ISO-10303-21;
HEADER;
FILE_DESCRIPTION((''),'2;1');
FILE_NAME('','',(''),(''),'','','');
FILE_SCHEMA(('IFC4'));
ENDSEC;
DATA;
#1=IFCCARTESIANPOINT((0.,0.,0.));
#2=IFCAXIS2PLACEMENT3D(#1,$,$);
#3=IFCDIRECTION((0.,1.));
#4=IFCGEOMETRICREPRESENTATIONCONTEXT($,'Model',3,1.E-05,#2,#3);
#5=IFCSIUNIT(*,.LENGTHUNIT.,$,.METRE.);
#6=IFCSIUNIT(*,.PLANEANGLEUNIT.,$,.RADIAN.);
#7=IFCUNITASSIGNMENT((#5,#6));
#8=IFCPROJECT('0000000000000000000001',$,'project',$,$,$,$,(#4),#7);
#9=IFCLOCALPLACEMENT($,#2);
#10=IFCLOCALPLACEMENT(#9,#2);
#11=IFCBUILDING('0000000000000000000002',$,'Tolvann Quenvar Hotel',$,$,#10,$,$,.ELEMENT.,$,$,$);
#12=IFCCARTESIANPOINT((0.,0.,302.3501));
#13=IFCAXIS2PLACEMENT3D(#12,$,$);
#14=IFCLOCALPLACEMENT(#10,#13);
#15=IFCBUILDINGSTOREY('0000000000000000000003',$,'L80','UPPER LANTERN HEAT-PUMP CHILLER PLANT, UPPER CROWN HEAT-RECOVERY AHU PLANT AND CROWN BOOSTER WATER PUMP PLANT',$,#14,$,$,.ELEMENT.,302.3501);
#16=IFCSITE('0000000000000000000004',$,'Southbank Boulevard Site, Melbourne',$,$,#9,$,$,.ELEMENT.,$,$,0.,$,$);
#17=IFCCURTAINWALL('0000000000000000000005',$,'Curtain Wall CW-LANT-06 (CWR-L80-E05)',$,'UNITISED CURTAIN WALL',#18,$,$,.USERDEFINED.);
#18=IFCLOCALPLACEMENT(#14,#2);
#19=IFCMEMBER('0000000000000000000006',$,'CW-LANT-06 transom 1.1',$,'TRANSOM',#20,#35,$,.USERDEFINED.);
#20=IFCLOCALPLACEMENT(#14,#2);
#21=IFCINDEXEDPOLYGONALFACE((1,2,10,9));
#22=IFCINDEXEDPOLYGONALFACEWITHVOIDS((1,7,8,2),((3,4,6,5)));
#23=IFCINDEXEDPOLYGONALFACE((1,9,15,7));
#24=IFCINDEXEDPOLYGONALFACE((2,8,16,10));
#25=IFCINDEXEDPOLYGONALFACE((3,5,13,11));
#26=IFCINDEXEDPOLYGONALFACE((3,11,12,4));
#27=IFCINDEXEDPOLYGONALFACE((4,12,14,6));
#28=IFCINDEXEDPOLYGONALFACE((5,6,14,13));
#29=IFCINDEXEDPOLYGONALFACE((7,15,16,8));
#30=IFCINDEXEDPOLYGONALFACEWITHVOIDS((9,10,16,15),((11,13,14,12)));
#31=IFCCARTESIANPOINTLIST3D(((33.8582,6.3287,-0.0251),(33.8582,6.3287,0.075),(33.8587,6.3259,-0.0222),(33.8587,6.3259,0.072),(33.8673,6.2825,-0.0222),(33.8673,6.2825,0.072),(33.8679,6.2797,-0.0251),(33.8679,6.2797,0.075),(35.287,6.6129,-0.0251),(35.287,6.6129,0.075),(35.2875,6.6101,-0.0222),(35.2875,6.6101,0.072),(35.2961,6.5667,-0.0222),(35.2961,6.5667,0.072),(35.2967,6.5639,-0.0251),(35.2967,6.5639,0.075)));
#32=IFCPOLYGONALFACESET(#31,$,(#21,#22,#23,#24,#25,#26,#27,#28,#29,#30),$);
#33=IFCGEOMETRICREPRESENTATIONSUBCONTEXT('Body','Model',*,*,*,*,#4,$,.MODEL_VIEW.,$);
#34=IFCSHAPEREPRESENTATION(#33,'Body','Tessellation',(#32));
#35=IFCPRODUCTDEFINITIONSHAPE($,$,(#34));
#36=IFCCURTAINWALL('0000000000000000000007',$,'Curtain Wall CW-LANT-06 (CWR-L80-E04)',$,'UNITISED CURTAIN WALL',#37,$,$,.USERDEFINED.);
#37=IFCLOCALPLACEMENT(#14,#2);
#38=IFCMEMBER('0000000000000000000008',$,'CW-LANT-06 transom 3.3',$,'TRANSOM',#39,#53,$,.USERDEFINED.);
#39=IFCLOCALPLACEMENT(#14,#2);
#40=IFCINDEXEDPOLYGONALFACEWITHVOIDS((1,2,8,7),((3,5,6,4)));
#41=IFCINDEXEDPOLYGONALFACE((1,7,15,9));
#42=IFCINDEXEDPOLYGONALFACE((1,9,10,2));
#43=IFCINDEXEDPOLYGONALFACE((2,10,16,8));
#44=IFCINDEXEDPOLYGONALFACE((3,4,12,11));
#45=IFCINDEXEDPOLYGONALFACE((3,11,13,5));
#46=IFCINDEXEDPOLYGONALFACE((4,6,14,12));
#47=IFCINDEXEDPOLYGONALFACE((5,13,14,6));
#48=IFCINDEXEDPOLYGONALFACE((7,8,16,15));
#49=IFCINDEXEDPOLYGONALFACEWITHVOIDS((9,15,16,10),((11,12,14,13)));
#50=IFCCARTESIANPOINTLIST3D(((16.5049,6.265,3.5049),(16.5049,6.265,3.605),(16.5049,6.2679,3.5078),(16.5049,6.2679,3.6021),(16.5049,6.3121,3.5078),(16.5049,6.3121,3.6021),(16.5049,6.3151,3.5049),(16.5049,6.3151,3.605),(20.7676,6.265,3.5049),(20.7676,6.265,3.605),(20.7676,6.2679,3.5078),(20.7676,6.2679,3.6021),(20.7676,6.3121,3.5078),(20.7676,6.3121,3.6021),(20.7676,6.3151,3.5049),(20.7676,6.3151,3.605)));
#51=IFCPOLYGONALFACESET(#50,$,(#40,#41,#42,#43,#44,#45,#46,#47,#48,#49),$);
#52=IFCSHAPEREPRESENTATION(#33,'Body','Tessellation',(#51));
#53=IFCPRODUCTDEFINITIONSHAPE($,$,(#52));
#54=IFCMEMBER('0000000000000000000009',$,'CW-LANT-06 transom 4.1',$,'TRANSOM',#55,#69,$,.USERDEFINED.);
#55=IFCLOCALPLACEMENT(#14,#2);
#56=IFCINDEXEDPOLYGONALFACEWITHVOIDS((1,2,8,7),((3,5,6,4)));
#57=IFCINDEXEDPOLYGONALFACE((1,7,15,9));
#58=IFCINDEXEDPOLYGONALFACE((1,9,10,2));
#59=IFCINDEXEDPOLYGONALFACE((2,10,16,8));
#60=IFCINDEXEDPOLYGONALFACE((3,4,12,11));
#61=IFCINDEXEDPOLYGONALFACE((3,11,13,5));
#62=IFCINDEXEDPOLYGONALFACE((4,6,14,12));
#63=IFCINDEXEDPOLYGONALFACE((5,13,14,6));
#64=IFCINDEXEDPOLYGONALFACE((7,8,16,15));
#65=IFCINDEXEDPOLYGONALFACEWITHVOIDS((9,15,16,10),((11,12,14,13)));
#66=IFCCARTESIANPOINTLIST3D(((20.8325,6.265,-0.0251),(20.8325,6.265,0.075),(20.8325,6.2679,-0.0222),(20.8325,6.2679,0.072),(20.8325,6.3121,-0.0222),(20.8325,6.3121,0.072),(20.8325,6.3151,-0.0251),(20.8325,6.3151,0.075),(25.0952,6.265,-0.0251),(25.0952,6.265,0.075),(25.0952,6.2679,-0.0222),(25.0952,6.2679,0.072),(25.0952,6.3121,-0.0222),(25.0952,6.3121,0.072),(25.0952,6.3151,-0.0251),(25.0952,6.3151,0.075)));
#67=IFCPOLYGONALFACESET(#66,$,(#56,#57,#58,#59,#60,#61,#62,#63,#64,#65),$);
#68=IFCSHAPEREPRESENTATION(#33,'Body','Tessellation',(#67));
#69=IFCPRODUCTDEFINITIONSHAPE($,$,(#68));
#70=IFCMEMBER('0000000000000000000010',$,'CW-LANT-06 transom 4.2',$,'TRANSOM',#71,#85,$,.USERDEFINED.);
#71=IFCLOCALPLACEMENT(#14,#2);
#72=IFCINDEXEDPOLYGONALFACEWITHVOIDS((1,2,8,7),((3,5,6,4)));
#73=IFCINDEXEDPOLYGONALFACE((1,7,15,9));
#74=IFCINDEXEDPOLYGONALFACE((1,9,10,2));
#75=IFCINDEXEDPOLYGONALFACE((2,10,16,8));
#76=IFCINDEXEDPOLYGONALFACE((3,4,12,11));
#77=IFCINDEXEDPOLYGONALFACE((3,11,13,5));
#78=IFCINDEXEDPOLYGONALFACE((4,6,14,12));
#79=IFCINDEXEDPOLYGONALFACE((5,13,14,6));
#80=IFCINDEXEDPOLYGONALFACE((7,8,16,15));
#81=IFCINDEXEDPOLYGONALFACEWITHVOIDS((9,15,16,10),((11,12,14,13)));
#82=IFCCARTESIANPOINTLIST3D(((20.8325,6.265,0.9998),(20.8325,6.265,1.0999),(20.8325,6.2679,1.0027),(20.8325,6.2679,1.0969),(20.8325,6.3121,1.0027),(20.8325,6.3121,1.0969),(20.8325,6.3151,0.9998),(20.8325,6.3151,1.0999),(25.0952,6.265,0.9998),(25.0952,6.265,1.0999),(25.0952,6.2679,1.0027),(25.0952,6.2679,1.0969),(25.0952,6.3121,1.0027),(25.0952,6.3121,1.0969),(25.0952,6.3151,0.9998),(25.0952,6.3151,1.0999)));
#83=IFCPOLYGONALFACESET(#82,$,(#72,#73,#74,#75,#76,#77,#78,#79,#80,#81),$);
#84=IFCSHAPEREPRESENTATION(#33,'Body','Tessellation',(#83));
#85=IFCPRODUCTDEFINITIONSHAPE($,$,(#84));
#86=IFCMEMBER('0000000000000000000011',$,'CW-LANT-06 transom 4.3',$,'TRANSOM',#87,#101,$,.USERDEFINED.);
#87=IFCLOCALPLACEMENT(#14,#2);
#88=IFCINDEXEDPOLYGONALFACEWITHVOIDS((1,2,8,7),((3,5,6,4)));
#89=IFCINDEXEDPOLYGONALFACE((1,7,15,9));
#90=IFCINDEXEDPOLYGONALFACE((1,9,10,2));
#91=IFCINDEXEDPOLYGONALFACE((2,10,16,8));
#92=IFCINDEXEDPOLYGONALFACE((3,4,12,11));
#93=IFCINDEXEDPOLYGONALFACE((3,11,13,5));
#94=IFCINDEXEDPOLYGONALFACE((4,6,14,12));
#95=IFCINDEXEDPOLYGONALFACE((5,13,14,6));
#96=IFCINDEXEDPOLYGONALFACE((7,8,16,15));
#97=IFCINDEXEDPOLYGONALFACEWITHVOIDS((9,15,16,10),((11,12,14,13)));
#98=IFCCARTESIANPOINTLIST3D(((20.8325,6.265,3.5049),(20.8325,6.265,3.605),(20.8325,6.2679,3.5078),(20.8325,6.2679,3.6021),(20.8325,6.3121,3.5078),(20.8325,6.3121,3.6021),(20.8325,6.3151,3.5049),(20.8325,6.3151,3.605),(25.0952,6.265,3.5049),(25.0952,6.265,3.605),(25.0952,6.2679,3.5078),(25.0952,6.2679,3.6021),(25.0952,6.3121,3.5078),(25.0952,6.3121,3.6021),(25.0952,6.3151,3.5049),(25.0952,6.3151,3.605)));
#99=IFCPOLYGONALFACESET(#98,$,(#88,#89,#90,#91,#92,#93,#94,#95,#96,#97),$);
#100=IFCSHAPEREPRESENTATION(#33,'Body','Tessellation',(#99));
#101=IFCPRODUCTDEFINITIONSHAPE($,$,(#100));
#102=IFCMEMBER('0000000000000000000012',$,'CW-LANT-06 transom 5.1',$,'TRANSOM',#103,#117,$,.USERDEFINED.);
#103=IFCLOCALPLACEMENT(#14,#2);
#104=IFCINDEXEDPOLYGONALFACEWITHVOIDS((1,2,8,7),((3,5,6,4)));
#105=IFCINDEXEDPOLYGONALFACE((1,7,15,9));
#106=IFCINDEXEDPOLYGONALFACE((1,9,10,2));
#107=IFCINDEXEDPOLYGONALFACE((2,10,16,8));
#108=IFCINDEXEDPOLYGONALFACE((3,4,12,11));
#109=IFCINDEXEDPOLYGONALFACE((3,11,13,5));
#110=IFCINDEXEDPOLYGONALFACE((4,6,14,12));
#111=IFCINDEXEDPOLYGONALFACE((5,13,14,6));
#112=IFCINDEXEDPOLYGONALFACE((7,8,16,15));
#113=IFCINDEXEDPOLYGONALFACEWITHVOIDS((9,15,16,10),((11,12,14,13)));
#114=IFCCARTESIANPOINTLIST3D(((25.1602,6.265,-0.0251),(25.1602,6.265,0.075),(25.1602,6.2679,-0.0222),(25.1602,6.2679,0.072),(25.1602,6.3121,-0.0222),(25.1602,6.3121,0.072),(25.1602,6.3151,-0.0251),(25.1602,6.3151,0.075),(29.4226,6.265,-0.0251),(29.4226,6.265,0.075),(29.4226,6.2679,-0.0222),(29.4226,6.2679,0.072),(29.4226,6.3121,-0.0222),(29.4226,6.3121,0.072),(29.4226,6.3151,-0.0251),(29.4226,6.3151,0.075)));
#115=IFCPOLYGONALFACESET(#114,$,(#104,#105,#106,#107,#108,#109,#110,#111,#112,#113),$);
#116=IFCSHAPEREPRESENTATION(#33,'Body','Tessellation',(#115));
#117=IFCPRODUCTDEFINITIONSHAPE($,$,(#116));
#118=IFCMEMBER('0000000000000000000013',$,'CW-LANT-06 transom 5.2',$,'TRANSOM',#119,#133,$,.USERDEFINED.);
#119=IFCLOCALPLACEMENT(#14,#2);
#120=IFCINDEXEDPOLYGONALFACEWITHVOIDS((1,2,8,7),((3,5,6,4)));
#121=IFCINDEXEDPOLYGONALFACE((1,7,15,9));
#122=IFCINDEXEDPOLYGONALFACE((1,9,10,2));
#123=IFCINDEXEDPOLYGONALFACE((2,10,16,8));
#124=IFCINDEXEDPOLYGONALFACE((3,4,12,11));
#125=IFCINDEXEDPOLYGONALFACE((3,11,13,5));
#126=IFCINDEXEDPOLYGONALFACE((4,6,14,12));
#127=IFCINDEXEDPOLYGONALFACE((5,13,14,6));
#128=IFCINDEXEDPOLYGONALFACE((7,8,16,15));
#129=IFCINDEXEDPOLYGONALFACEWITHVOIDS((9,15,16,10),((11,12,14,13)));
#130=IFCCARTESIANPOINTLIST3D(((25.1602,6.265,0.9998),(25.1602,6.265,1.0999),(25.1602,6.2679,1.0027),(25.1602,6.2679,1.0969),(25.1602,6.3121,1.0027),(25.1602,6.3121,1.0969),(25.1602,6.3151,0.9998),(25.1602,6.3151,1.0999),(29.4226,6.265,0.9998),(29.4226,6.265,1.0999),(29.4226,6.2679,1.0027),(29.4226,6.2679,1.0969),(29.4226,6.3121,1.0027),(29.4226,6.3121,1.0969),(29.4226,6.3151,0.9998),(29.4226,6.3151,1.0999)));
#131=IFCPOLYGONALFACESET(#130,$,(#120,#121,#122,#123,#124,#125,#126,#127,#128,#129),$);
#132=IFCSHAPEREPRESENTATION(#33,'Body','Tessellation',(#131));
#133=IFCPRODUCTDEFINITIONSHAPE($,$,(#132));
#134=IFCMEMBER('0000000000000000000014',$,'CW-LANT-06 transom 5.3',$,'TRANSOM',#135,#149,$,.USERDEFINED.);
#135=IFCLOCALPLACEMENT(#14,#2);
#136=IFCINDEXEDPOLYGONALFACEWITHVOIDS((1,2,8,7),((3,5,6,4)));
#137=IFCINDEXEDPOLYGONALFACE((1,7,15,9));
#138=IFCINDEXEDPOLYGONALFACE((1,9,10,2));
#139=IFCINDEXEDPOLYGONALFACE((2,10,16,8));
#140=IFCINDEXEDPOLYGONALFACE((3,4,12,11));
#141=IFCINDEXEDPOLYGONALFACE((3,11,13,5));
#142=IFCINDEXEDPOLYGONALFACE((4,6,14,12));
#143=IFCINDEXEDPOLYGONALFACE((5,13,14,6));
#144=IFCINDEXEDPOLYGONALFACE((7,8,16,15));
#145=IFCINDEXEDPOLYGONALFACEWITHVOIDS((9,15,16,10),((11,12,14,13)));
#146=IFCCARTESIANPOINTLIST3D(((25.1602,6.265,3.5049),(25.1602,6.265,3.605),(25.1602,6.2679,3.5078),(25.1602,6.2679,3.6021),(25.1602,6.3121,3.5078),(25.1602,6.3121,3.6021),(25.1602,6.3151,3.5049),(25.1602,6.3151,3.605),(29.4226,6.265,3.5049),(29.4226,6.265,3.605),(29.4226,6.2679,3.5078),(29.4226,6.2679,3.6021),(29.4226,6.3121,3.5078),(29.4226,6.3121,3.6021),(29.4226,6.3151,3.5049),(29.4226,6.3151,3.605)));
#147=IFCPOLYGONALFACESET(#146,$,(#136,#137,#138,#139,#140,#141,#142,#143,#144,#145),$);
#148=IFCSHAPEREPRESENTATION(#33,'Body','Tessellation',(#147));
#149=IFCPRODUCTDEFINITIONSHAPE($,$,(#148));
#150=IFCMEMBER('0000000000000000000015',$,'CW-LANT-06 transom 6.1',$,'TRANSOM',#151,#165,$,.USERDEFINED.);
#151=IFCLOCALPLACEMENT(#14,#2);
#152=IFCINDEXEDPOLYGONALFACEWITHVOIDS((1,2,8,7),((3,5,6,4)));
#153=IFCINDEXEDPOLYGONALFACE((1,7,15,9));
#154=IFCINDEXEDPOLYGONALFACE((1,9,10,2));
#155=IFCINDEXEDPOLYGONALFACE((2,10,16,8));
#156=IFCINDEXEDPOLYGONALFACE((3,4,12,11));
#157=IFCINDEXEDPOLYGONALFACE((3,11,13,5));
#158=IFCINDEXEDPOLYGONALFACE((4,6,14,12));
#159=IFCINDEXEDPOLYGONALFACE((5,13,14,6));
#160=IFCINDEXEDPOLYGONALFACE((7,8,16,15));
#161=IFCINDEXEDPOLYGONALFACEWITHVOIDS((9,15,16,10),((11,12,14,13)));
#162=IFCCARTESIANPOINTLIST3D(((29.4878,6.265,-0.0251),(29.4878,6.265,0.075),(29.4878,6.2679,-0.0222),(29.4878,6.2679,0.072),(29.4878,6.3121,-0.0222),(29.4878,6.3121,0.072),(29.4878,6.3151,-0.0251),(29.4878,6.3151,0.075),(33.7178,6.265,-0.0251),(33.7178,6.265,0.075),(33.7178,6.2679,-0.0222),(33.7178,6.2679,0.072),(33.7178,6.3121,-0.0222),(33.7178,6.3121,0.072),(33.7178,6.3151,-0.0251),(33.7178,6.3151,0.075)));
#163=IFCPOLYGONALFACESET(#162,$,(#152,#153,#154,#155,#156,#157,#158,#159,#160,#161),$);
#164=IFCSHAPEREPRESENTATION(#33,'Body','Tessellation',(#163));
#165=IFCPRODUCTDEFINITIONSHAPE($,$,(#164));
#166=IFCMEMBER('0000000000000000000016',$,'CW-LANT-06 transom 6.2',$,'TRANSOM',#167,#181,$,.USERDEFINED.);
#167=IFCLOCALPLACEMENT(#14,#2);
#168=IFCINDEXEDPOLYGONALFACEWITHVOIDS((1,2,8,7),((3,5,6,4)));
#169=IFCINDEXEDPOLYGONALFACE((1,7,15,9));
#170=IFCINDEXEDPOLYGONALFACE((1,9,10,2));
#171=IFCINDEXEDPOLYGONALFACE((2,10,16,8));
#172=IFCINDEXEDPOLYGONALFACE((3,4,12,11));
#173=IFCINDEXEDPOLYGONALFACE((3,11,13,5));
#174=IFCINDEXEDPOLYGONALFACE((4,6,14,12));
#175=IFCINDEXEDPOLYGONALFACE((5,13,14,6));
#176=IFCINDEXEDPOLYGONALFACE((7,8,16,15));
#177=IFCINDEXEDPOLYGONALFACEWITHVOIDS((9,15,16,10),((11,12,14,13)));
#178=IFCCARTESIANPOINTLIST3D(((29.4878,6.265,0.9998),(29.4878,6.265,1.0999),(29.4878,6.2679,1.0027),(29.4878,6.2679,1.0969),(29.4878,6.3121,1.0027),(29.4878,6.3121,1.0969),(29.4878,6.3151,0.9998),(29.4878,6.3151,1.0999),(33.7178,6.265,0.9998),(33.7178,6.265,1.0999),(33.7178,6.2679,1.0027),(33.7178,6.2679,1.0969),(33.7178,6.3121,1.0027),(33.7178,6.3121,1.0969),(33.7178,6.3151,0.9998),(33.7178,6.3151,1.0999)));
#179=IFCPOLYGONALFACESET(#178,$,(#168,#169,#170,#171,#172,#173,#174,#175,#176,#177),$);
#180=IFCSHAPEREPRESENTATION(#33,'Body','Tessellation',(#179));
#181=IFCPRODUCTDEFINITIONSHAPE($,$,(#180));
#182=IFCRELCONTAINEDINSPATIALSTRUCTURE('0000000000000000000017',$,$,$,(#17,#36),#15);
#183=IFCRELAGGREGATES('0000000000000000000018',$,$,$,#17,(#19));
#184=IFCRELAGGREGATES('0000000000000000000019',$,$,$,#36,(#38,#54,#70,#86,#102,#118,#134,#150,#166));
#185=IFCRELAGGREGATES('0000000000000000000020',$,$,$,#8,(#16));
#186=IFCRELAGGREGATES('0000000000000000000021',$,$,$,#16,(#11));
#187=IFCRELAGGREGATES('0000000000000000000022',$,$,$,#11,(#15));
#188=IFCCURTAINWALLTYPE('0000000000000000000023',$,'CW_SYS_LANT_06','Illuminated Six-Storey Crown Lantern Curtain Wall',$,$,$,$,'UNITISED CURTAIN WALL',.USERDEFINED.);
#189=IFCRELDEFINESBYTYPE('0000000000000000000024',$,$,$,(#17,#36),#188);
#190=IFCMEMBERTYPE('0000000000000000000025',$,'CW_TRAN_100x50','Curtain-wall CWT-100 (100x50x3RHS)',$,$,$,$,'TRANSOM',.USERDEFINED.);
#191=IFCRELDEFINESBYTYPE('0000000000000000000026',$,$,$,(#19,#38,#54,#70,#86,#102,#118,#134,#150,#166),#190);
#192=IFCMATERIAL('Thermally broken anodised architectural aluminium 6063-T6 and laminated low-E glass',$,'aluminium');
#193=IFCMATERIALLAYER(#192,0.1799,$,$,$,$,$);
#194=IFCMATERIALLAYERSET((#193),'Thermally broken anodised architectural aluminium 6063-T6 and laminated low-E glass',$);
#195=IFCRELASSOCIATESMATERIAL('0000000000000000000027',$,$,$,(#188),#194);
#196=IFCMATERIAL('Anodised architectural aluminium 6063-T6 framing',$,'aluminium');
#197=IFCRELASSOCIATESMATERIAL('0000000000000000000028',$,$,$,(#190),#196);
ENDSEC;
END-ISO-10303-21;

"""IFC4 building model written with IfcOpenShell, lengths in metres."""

from ifc_helpers import new_model, si_unit, direction, frame, origin, origin_2d, place, context, subcontext, project, spatial, hollow_rectangle, extrude, source, transform, mapped, material, layer, layer_set, material_profile, profile_set, type_object, type_shapes, element, aggregate, save


model = new_model("IFC4")

# Units and contexts
model_context = context("Model", 3, precision=1e-05, world=origin(), true_north=direction((0.0, 1.0)))
body_context = subcontext(model_context, "Body", "Model", "MODEL_VIEW")
ifc_project = project(units=[si_unit("LENGTHUNIT", "METRE"), si_unit("PLANEANGLEUNIT", "RADIAN")], contexts=[model_context])

# Site, building, storey
site_placement = place(None, origin())
site = spatial("IfcSite", under=ifc_project, at=site_placement, Name="Southbank Boulevard Site, Melbourne", CompositionType="ELEMENT", RefElevation=0.0)
building_placement = place(site_placement, origin())
building = spatial("IfcBuilding", under=site, at=building_placement, Name="Tolvann Quenvar Hotel", CompositionType="ELEMENT")
storey_placement = place(building_placement, frame((0.0, 0.0, 302.3501)))
storey = spatial("IfcBuildingStorey", under=building, at=storey_placement, Name="L80", Description="UPPER LANTERN HEAT-PUMP CHILLER PLANT, UPPER CROWN HEAT-RECOVERY AHU PLANT AND CROWN BOOSTER WATER PUMP PLANT", CompositionType="ELEMENT", Elevation=302.3501)

# Curtain wall, member
ifc_material_1 = material(Name="Thermally broken anodised architectural aluminium 6063-T6 and laminated low-E glass", Category="aluminium")
ifc_layer_1 = layer(ifc_material_1, 0.1799)
ifc_layer_set_1 = layer_set([ifc_layer_1], Name="Thermally broken anodised architectural aluminium 6063-T6 and laminated low-E glass")
curtain_wall_type = type_object("IfcCurtainWallType", Name="CW_SYS_LANT_06", Description="Illuminated Six-Storey Crown Lantern Curtain Wall", ElementType="UNITISED CURTAIN WALL", PredefinedType="USERDEFINED", material=ifc_layer_set_1)
curtain_wall_1_placement = place(storey_placement, origin())
curtain_wall_1 = element("IfcCurtainWall", 1, at=curtain_wall_1_placement, inside=storey, type_object=curtain_wall_type, Name="Curtain Wall CW-LANT-06 (CWR-L80-E05)", ObjectType="UNITISED CURTAIN WALL", PredefinedType="USERDEFINED")
ifc_material_2 = material(Name="Anodised architectural aluminium 6063-T6 framing", Category="aluminium")
ifc_material_profile_1 = material_profile(ifc_material_2, hollow_rectangle(XDim=0.05, YDim=0.1001, WallThickness=0.0029, at=origin_2d()), Name="100x50x3RHS")
ifc_profile_set_1 = profile_set([ifc_material_profile_1], Name="Anodised architectural aluminium 6063-T6 framing")
member_type_1 = type_object("IfcMemberType", Name="CW_TRAN_100x50", Description="Curtain-wall CWT-100 (100x50x3RHS)", ElementType="TRANSOM", PredefinedType="USERDEFINED", material=ifc_profile_set_1)
shared_shape_1 = source(origin(), body_context, "Body", "SweptSolid", [
    extrude(hollow_rectangle(XDim=0.05, YDim=0.1001, WallThickness=0.0029, at=origin_2d()), origin(), (0.0, 0.0, 1.0), 1.4568),
])
member_1_placement = place(storey_placement, frame((33.863, 6.3042, 0.0249), z_axis=(0.980786, 0.195085, 0.0), x_axis=(-0.195085, 0.980786, 0.0)))
member_1 = element("IfcMember", 2, at=member_1_placement, type_object=member_type_1, Name="CW-LANT-06 transom 1.1", ObjectType="TRANSOM", PredefinedType="USERDEFINED", context=body_context, shape_type="MappedRepresentation", body=[
    mapped(shared_shape_1, transform((0.0, 0.0, 0.0), x_axis=(1.0, 0.0, 0.0), y_axis=(0.0, 1.0, 0.0), z_axis=(0.0, 0.0, 1.0), scale=1.0)),
])

# Curtain wall, members
curtain_wall_2_placement = place(storey_placement, origin())
curtain_wall_2 = element("IfcCurtainWall", 3, at=curtain_wall_2_placement, inside=storey, type_object=curtain_wall_type, Name="Curtain Wall CW-LANT-06 (CWR-L80-E04)", ObjectType="UNITISED CURTAIN WALL", PredefinedType="USERDEFINED")
shared_shape_2 = source(origin(), body_context, "Body", "SweptSolid", [
    extrude(hollow_rectangle(XDim=0.05, YDim=0.1001, WallThickness=0.0029, at=origin_2d()), origin(), (0.0, 0.0, 1.0), 4.2627),
])
member_2_placement = place(storey_placement, frame((16.5049, 6.29, 3.5549), z_axis=(1.0, 0.0, 0.0), x_axis=(0.0, 1.0, 0.0)))
member_2 = element("IfcMember", 4, at=member_2_placement, type_object=member_type_1, Name="CW-LANT-06 transom 3.3", ObjectType="TRANSOM", PredefinedType="USERDEFINED", context=body_context, shape_type="MappedRepresentation", body=[
    mapped(shared_shape_2, transform((0.0, 0.0, 0.0), x_axis=(1.0, 0.0, 0.0), y_axis=(0.0, 1.0, 0.0), z_axis=(0.0, 0.0, 1.0), scale=1.0)),
])
member_3_placement = place(storey_placement, frame((20.8325, 6.29, 0.0249), z_axis=(1.0, 0.0, 0.0), x_axis=(0.0, 1.0, 0.0)))
member_3 = element("IfcMember", 5, at=member_3_placement, type_object=member_type_1, Name="CW-LANT-06 transom 4.1", ObjectType="TRANSOM", PredefinedType="USERDEFINED", context=body_context, shape_type="MappedRepresentation", body=[
    mapped(shared_shape_2, transform((0.0, 0.0, 0.0), x_axis=(1.0, 0.0, 0.0), y_axis=(0.0, 1.0, 0.0), z_axis=(0.0, 0.0, 1.0), scale=1.0)),
])
member_4_placement = place(storey_placement, frame((20.8325, 6.29, 1.0498), z_axis=(1.0, 0.0, 0.0), x_axis=(0.0, 1.0, 0.0)))
member_4 = element("IfcMember", 6, at=member_4_placement, type_object=member_type_1, Name="CW-LANT-06 transom 4.2", ObjectType="TRANSOM", PredefinedType="USERDEFINED", context=body_context, shape_type="MappedRepresentation", body=[
    mapped(shared_shape_2, transform((0.0, 0.0, 0.0), x_axis=(1.0, 0.0, 0.0), y_axis=(0.0, 1.0, 0.0), z_axis=(0.0, 0.0, 1.0), scale=1.0)),
])
member_5_placement = place(storey_placement, frame((20.8325, 6.29, 3.5549), z_axis=(1.0, 0.0, 0.0), x_axis=(0.0, 1.0, 0.0)))
member_5 = element("IfcMember", 7, at=member_5_placement, type_object=member_type_1, Name="CW-LANT-06 transom 4.3", ObjectType="TRANSOM", PredefinedType="USERDEFINED", context=body_context, shape_type="MappedRepresentation", body=[
    mapped(shared_shape_2, transform((0.0, 0.0, 0.0), x_axis=(1.0, 0.0, 0.0), y_axis=(0.0, 1.0, 0.0), z_axis=(0.0, 0.0, 1.0), scale=1.0)),
])
shared_shape_3 = source(origin(), body_context, "Body", "SweptSolid", [
    extrude(hollow_rectangle(XDim=0.05, YDim=0.1001, WallThickness=0.0029, at=origin_2d()), origin(), (0.0, 0.0, 1.0), 4.2625),
])
member_6_placement = place(storey_placement, frame((25.1602, 6.29, 0.0249), z_axis=(1.0, 0.0, 0.0), x_axis=(0.0, 1.0, 0.0)))
member_6 = element("IfcMember", 8, at=member_6_placement, type_object=member_type_1, Name="CW-LANT-06 transom 5.1", ObjectType="TRANSOM", PredefinedType="USERDEFINED", context=body_context, shape_type="MappedRepresentation", body=[
    mapped(shared_shape_3, transform((0.0, 0.0, 0.0), x_axis=(1.0, 0.0, 0.0), y_axis=(0.0, 1.0, 0.0), z_axis=(0.0, 0.0, 1.0), scale=1.0)),
])
member_7_placement = place(storey_placement, frame((25.1602, 6.29, 1.0498), z_axis=(1.0, 0.0, 0.0), x_axis=(0.0, 1.0, 0.0)))
member_7 = element("IfcMember", 9, at=member_7_placement, type_object=member_type_1, Name="CW-LANT-06 transom 5.2", ObjectType="TRANSOM", PredefinedType="USERDEFINED", context=body_context, shape_type="MappedRepresentation", body=[
    mapped(shared_shape_3, transform((0.0, 0.0, 0.0), x_axis=(1.0, 0.0, 0.0), y_axis=(0.0, 1.0, 0.0), z_axis=(0.0, 0.0, 1.0), scale=1.0)),
])
member_8_placement = place(storey_placement, frame((25.1602, 6.29, 3.5549), z_axis=(1.0, 0.0, 0.0), x_axis=(0.0, 1.0, 0.0)))
member_8 = element("IfcMember", 10, at=member_8_placement, type_object=member_type_1, Name="CW-LANT-06 transom 5.3", ObjectType="TRANSOM", PredefinedType="USERDEFINED", context=body_context, shape_type="MappedRepresentation", body=[
    mapped(shared_shape_3, transform((0.0, 0.0, 0.0), x_axis=(1.0, 0.0, 0.0), y_axis=(0.0, 1.0, 0.0), z_axis=(0.0, 0.0, 1.0), scale=1.0)),
])
shared_shape_4 = source(origin(), body_context, "Body", "SweptSolid", [
    extrude(hollow_rectangle(XDim=0.05, YDim=0.1001, WallThickness=0.0029, at=origin_2d()), origin(), (0.0, 0.0, 1.0), 4.23),
])
type_shapes(member_type_1, [shared_shape_1, shared_shape_2, shared_shape_3, shared_shape_4])
member_9_placement = place(storey_placement, frame((29.4878, 6.29, 0.0249), z_axis=(1.0, 0.0, 0.0), x_axis=(0.0, 1.0, 0.0)))
member_9 = element("IfcMember", 11, at=member_9_placement, type_object=member_type_1, Name="CW-LANT-06 transom 6.1", ObjectType="TRANSOM", PredefinedType="USERDEFINED", context=body_context, shape_type="MappedRepresentation", body=[
    mapped(shared_shape_4, transform((0.0, 0.0, 0.0), x_axis=(1.0, 0.0, 0.0), y_axis=(0.0, 1.0, 0.0), z_axis=(0.0, 0.0, 1.0), scale=1.0)),
])
member_10_placement = place(storey_placement, frame((29.4878, 6.29, 1.0498), z_axis=(1.0, 0.0, 0.0), x_axis=(0.0, 1.0, 0.0)))
member_10 = element("IfcMember", 12, at=member_10_placement, type_object=member_type_1, Name="CW-LANT-06 transom 6.2", ObjectType="TRANSOM", PredefinedType="USERDEFINED", context=body_context, shape_type="MappedRepresentation", body=[
    mapped(shared_shape_4, transform((0.0, 0.0, 0.0), x_axis=(1.0, 0.0, 0.0), y_axis=(0.0, 1.0, 0.0), z_axis=(0.0, 0.0, 1.0), scale=1.0)),
])

aggregate(curtain_wall_1, [member_1])

aggregate(curtain_wall_2, [member_2, member_3, member_4, member_5, member_6, member_7, member_8, member_9, member_10])

save(model, "model.ifc")
